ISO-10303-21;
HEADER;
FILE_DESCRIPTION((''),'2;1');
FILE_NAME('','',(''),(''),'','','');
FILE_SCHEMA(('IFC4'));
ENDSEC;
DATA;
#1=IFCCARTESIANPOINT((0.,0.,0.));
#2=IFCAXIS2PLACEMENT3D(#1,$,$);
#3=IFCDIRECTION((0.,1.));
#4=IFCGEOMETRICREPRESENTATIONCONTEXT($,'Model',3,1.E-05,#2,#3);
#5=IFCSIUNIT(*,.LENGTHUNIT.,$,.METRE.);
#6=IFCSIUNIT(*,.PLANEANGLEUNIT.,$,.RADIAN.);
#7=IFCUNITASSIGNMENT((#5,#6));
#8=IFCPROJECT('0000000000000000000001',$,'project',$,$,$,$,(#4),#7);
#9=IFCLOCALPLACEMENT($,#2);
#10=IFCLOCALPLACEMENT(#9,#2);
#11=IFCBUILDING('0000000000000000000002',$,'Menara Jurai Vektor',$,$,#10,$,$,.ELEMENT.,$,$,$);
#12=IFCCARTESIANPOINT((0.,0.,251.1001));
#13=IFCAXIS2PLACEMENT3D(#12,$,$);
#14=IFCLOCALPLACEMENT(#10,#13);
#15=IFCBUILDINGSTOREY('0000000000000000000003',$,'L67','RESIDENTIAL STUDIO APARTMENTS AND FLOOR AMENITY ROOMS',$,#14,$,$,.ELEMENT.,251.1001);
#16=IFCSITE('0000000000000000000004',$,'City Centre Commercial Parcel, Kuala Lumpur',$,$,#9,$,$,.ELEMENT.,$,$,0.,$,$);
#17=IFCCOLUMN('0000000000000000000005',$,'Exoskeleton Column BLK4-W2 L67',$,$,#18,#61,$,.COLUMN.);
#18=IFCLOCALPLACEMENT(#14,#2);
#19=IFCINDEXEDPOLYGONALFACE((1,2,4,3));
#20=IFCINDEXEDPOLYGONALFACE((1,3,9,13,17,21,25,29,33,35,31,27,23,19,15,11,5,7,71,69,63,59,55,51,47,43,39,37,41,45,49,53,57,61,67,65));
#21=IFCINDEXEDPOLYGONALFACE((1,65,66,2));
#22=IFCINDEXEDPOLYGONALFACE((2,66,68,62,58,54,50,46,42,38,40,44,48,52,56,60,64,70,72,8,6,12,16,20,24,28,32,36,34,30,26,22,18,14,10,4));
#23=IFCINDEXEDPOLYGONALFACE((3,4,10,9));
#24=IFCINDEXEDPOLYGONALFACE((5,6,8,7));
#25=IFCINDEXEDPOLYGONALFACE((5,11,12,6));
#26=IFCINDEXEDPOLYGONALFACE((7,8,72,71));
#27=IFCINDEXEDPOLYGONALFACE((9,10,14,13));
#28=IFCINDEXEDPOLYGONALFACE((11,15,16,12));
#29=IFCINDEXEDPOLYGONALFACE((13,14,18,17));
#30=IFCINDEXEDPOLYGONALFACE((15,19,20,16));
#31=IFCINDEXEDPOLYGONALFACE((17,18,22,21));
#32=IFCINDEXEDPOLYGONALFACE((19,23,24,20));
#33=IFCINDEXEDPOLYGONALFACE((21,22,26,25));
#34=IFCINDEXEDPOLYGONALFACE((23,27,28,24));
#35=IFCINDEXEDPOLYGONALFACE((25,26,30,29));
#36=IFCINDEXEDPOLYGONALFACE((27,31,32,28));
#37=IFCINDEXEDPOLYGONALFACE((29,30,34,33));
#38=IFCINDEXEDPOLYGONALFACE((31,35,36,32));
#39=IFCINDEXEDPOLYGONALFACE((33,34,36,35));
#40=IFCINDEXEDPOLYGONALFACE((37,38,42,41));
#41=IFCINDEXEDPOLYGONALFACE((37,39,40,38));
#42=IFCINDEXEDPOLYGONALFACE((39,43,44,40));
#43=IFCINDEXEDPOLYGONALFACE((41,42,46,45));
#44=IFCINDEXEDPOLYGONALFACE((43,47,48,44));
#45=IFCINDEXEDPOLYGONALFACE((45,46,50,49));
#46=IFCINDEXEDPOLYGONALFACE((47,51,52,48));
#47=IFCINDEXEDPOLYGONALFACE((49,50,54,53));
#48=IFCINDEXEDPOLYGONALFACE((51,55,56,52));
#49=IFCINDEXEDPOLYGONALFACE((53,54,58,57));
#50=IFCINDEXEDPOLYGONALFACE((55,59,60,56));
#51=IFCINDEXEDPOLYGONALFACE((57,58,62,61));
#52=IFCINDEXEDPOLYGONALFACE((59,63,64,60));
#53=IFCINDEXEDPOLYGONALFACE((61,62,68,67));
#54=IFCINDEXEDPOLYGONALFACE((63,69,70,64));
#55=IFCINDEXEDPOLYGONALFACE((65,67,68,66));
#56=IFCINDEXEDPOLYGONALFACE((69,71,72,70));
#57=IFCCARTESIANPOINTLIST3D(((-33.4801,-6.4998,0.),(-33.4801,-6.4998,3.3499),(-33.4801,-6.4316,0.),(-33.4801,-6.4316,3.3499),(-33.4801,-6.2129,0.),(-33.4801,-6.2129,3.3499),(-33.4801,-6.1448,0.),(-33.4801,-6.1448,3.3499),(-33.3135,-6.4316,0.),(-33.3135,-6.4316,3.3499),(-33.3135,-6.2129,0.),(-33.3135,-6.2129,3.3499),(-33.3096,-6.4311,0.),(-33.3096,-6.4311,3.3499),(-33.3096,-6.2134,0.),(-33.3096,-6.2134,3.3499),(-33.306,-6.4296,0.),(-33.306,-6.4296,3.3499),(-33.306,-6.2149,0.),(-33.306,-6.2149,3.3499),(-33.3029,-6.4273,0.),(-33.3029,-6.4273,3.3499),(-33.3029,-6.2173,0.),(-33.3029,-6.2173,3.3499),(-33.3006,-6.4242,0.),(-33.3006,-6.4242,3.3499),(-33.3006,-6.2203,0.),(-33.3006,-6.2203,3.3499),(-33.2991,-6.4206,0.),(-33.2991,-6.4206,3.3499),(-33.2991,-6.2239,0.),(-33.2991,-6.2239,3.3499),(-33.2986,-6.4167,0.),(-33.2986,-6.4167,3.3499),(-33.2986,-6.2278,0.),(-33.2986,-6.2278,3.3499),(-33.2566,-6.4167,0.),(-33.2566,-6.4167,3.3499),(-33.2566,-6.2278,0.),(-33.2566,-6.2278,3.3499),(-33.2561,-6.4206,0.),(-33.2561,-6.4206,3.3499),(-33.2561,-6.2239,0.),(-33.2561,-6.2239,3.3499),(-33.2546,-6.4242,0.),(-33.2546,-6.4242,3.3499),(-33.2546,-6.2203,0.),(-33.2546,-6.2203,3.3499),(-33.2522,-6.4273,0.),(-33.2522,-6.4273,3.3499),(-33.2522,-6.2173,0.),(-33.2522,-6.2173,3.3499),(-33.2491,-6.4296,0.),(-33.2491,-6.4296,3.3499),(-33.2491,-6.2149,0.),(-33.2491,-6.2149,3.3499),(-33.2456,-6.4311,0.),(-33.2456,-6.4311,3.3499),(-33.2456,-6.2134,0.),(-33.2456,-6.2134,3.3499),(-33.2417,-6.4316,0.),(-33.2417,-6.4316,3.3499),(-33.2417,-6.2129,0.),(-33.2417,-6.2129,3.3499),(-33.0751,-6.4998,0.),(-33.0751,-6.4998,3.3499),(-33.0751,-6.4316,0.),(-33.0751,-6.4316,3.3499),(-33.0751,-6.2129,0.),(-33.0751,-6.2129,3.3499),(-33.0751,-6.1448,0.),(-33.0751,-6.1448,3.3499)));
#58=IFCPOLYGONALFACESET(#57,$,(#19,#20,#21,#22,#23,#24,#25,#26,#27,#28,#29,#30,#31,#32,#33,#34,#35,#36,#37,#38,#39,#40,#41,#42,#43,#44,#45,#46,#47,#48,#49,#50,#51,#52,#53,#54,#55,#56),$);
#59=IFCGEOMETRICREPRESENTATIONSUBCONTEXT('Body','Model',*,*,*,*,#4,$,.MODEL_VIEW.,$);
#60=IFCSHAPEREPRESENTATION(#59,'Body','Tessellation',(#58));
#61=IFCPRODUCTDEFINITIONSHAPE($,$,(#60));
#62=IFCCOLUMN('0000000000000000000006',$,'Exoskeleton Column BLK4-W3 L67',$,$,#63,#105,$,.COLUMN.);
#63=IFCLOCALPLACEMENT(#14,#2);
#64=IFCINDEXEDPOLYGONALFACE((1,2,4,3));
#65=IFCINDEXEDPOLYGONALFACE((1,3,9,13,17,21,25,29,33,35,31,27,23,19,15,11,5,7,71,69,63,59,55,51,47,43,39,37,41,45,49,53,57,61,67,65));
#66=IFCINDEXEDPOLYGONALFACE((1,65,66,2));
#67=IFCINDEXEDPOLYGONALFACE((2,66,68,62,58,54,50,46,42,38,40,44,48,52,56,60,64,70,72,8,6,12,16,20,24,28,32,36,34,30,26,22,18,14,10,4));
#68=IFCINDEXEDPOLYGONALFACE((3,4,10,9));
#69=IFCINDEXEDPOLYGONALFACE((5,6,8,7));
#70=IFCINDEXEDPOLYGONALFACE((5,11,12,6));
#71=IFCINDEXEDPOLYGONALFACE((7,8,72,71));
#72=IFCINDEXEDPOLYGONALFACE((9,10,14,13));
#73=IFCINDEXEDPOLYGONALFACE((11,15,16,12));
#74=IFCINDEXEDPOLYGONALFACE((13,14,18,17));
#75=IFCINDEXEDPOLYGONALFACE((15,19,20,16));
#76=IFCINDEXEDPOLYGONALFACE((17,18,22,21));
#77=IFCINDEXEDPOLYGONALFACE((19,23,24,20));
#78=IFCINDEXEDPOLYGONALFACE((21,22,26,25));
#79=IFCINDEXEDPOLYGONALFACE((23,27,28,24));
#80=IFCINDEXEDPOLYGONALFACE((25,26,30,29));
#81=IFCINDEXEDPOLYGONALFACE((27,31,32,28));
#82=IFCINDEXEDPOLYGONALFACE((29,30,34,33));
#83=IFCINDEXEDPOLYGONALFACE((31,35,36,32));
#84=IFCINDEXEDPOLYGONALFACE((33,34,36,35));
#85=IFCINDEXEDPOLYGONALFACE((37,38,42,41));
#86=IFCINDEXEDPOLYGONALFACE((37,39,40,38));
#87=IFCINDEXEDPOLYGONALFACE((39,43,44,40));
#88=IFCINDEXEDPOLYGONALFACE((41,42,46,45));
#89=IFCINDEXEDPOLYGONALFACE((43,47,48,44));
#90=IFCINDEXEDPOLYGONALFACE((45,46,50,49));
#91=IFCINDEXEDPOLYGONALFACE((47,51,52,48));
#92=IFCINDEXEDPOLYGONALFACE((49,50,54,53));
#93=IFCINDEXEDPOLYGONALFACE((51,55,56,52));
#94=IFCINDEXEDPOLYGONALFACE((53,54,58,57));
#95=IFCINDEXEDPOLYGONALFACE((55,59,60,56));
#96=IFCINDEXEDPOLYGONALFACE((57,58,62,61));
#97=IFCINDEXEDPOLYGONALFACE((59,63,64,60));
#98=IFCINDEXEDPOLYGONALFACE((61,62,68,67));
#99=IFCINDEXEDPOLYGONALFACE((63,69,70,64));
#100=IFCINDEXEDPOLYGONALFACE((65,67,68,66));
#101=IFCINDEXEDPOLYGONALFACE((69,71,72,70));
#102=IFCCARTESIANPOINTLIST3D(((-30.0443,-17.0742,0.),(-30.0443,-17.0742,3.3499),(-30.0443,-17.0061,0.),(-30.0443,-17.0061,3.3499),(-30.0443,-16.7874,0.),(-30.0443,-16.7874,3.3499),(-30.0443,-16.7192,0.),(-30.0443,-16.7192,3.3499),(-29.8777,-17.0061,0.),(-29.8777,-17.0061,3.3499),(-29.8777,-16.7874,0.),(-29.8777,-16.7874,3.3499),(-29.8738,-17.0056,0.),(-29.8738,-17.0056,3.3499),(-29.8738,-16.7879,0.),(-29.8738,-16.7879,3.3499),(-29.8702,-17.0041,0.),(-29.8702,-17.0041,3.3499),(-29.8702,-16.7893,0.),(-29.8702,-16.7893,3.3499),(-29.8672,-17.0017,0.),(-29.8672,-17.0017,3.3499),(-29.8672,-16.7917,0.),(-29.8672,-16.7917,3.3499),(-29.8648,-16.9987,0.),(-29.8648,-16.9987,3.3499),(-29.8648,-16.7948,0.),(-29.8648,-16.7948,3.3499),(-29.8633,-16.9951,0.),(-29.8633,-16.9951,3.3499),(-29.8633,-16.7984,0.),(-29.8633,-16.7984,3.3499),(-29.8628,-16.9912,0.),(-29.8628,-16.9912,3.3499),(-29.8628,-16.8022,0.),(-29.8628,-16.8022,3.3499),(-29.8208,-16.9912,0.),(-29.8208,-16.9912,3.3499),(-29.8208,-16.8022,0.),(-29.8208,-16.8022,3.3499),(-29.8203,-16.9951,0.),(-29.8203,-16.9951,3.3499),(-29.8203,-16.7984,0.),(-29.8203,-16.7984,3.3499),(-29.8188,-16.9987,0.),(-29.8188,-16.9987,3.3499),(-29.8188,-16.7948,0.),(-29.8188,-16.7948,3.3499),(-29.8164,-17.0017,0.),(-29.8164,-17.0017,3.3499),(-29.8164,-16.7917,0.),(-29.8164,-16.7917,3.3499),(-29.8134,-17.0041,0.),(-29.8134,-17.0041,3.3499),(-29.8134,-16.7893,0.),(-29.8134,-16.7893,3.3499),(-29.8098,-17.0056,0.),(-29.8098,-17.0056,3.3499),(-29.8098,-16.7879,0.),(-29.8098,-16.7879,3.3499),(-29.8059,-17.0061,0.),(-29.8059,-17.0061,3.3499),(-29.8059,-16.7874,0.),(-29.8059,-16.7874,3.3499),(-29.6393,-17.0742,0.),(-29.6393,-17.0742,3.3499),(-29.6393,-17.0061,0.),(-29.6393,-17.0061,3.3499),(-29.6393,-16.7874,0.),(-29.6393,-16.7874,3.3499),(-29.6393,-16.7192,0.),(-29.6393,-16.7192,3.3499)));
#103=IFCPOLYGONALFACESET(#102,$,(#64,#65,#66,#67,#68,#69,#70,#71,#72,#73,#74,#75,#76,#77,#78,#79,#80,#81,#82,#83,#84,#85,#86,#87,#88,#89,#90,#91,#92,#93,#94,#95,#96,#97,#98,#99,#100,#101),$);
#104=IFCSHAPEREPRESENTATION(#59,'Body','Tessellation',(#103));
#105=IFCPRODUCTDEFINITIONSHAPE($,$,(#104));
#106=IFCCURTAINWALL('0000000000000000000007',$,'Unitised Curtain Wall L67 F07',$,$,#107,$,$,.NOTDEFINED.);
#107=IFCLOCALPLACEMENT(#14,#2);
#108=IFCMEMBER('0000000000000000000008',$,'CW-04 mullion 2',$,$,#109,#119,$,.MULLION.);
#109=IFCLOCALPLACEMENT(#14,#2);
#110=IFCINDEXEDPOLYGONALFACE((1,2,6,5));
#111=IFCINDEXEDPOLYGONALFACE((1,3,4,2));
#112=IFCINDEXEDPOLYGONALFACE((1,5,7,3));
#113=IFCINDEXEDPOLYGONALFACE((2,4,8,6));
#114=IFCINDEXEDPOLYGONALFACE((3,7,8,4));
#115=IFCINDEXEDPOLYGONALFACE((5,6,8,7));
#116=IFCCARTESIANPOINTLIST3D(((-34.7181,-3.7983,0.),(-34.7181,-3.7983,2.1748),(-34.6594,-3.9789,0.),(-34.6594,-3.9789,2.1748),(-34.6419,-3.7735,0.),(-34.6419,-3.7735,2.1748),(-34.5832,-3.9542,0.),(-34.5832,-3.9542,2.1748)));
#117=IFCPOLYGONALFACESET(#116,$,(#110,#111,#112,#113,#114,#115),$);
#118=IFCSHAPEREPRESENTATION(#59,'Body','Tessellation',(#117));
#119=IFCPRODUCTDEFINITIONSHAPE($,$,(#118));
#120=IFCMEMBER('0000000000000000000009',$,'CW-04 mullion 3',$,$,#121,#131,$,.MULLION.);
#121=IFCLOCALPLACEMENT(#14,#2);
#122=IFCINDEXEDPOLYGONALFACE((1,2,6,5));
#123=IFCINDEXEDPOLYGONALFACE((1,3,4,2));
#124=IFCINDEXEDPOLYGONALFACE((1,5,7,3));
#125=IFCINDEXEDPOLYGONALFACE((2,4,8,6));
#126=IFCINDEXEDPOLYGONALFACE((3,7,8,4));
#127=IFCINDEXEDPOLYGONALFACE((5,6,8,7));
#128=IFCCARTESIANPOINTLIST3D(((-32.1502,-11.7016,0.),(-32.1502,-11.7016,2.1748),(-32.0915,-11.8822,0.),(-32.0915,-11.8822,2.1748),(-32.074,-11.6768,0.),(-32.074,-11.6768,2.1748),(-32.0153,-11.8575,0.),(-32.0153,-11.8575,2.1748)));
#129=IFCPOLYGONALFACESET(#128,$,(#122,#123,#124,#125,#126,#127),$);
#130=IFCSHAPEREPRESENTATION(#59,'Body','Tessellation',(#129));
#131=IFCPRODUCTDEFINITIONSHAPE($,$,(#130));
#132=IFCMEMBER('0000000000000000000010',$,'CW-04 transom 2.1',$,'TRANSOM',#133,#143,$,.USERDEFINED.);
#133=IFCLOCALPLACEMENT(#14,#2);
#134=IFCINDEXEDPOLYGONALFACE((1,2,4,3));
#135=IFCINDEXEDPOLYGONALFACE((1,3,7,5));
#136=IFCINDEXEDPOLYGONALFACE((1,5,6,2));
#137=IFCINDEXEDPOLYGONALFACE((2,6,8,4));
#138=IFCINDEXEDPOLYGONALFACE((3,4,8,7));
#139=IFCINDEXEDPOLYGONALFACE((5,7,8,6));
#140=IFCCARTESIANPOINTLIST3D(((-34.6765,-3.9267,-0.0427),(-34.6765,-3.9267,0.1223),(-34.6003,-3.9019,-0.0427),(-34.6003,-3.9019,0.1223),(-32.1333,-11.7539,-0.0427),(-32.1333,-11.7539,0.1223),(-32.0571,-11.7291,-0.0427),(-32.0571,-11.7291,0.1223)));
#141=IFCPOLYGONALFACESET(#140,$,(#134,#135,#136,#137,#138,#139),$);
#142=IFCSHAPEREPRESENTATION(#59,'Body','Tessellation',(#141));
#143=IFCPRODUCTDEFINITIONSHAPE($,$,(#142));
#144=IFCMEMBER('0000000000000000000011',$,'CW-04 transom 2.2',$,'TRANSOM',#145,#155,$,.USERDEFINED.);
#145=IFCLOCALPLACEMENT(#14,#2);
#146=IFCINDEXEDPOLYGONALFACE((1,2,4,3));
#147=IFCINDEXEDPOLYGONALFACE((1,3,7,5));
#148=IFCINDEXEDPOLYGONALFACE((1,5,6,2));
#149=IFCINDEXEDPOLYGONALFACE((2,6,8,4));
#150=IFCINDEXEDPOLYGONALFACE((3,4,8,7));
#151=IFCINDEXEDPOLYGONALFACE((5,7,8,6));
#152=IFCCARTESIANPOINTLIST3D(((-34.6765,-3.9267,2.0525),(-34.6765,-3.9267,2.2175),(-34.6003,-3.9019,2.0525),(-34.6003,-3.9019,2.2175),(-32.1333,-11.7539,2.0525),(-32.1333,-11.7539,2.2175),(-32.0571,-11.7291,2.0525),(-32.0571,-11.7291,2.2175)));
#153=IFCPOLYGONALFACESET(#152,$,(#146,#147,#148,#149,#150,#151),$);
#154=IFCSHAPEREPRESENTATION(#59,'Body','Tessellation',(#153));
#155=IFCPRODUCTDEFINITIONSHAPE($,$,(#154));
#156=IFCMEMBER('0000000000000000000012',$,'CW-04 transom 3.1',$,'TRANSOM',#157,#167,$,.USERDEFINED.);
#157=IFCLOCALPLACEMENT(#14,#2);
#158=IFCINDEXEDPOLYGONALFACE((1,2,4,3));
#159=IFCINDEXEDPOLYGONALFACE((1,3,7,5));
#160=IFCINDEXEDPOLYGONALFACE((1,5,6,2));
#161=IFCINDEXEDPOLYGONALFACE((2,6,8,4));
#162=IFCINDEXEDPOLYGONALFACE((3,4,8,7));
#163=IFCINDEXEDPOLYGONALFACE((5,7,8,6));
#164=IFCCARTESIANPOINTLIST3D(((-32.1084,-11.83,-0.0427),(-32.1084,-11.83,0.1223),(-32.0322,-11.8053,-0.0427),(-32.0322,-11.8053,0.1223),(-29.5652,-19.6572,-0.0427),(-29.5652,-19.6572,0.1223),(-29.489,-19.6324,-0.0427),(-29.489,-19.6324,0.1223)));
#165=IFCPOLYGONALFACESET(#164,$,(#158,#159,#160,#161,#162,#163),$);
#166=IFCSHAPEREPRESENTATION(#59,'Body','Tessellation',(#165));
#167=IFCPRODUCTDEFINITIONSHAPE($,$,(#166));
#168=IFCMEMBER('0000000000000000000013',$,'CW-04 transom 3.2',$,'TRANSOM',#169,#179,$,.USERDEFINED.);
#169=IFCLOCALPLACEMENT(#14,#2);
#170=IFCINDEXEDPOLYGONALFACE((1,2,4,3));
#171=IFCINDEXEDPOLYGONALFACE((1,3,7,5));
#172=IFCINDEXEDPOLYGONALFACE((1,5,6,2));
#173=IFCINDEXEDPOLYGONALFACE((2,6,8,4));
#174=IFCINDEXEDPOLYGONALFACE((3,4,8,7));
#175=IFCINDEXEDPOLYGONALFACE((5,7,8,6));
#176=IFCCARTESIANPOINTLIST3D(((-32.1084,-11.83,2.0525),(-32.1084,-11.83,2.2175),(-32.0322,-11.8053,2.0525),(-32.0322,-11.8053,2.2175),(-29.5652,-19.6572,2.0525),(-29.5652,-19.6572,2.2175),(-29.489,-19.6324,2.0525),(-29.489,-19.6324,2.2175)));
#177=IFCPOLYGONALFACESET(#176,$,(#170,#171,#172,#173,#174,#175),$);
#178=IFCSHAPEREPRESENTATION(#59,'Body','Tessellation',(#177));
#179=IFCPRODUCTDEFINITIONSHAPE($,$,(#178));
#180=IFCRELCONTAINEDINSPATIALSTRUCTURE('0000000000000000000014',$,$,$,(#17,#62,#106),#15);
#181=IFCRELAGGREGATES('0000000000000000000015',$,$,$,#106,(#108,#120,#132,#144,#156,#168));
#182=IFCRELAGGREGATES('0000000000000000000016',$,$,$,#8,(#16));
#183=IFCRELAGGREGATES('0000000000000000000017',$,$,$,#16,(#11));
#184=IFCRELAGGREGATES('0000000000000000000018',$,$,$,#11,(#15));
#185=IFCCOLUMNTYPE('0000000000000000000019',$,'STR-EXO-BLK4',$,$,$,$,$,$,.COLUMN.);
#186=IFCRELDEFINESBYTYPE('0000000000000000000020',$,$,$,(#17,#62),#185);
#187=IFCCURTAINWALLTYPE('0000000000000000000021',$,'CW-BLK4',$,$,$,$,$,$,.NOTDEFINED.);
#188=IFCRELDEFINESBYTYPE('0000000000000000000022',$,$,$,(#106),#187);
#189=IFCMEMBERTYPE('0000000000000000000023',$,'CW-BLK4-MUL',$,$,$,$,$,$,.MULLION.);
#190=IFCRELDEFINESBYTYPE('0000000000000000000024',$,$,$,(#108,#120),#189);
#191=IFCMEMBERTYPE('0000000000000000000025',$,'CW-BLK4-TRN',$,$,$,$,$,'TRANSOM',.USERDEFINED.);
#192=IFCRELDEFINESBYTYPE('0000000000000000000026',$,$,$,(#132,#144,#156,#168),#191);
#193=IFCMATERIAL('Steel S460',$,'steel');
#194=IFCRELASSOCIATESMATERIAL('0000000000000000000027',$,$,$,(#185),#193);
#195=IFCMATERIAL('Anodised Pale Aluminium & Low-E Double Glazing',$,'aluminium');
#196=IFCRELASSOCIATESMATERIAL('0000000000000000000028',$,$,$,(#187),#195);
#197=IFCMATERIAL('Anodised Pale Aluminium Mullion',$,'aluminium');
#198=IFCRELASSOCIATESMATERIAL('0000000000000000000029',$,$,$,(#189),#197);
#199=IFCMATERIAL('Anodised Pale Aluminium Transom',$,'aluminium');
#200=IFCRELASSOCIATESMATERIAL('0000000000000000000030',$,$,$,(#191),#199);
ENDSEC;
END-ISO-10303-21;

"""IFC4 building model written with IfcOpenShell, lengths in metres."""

from ifc_helpers import new_model, si_unit, direction, frame, origin, origin_2d, place, context, subcontext, project, spatial, rectangle, i_section, extrude, material, material_profile, profile_set, type_object, element, aggregate, save


model = new_model("IFC4")

# Units and contexts
model_context = context("Model", 3, precision=1e-05, world=origin(), true_north=direction((0.0, 1.0)))
body_context = subcontext(model_context, "Body", "Model", "MODEL_VIEW")
ifc_project = project(units=[si_unit("LENGTHUNIT", "METRE"), si_unit("PLANEANGLEUNIT", "RADIAN")], contexts=[model_context])

# Site, building, storey
site_placement = place(None, origin())
site = spatial("IfcSite", under=ifc_project, at=site_placement, Name="City Centre Commercial Parcel, Kuala Lumpur", CompositionType="ELEMENT", RefElevation=0.0)
building_placement = place(site_placement, origin())
building = spatial("IfcBuilding", under=site, at=building_placement, Name="Menara Jurai Vektor", CompositionType="ELEMENT")
storey_placement = place(building_placement, frame((0.0, 0.0, 251.1001)))
storey = spatial("IfcBuildingStorey", under=building, at=storey_placement, Name="L67", Description="RESIDENTIAL STUDIO APARTMENTS AND FLOOR AMENITY ROOMS", CompositionType="ELEMENT", Elevation=251.1001)

# Columns
ifc_material_1 = material(Name="Steel S460", Category="steel")
ifc_material_profile_1 = material_profile(ifc_material_1, i_section(OverallWidth=0.405, OverallDepth=0.355, WebThickness=0.042, FlangeThickness=0.0681, FilletRadius=0.0149, at=origin_2d()), Name="HD 400x551")
ifc_profile_set_1 = profile_set([ifc_material_profile_1], Name="Steel S460")
column_type = type_object("IfcColumnType", Name="STR-EXO-BLK4", PredefinedType="COLUMN", material=ifc_profile_set_1)
for number, where, z_axis, x_axis, name in (
    (1, (-33.2776, -6.3223, 0.0), (0.0, 0.0, 1.0), (1.0, 0.0, 0.0), "Exoskeleton Column BLK4-W2 L67"),
    (2, (-29.8418, -16.8967, 0.0), (0.0, 0.0, 1.0), (1.0, 0.0, 0.0), "Exoskeleton Column BLK4-W3 L67"),
):
    element("IfcColumn", number, at=place(storey_placement, frame(where, z_axis=z_axis, x_axis=x_axis)), inside=storey, type_object=column_type, Name=name, PredefinedType="COLUMN", context=body_context, shape_type="SweptSolid", body=[
        extrude(i_section(OverallWidth=0.405, OverallDepth=0.355, WebThickness=0.042, FlangeThickness=0.0681, FilletRadius=0.0149, at=origin_2d()), origin(), (0.0, 0.0, 1.0), 3.3499),
    ])

# Curtain wall, members
ifc_material_2 = material(Name="Anodised Pale Aluminium & Low-E Double Glazing", Category="aluminium")
curtain_wall_type = type_object("IfcCurtainWallType", Name="CW-BLK4", PredefinedType="NOTDEFINED", material=ifc_material_2)
curtain_wall_placement = place(storey_placement, origin())
curtain_wall = element("IfcCurtainWall", 3, at=curtain_wall_placement, inside=storey, type_object=curtain_wall_type, Name="Unitised Curtain Wall L67 F07", PredefinedType="NOTDEFINED")
ifc_material_3 = material(Name="Anodised Pale Aluminium Mullion", Category="aluminium")
ifc_material_profile_2 = material_profile(ifc_material_3, rectangle(XDim=0.0801, YDim=0.1899, at=origin_2d()), Name="ALU MUL 80x190")
ifc_profile_set_2 = profile_set([ifc_material_profile_2], Name="Anodised Pale Aluminium Mullion")
member_type_1 = type_object("IfcMemberType", Name="CW-BLK4-MUL", PredefinedType="MULLION", material=ifc_profile_set_2)
member_1_placement = place(storey_placement, frame((-34.6506, -3.8762, 0.0), z_axis=(0.0, 0.0, 1.0), x_axis=(0.951057, 0.309016, 0.0)))
member_1 = element("IfcMember", 4, at=member_1_placement, type_object=member_type_1, Name="CW-04 mullion 2", PredefinedType="MULLION", context=body_context, shape_type="SweptSolid", body=[
    extrude(rectangle(XDim=0.0801, YDim=0.1899, at=origin_2d()), origin(), (0.0, 0.0, 1.0), 2.1748),
])
member_2_placement = place(storey_placement, frame((-32.0828, -11.7795, 0.0), z_axis=(0.0, 0.0, 1.0), x_axis=(0.951057, 0.309016, 0.0)))
member_2 = element("IfcMember", 5, at=member_2_placement, type_object=member_type_1, Name="CW-04 mullion 3", PredefinedType="MULLION", context=body_context, shape_type="SweptSolid", body=[
    extrude(rectangle(XDim=0.0801, YDim=0.1899, at=origin_2d()), origin(), (0.0, 0.0, 1.0), 2.1748),
])
ifc_material_4 = material(Name="Anodised Pale Aluminium Transom", Category="aluminium")
ifc_material_profile_3 = material_profile(ifc_material_4, rectangle(XDim=0.0801, YDim=0.165, at=origin_2d()), Name="ALU TRN 80x165")
ifc_profile_set_3 = profile_set([ifc_material_profile_3], Name="Anodised Pale Aluminium Transom")
member_type_2 = type_object("IfcMemberType", Name="CW-BLK4-TRN", ElementType="TRANSOM", PredefinedType="USERDEFINED", material=ifc_profile_set_3)
member_3_placement = place(storey_placement, frame((-34.6384, -3.9143, 0.0398), z_axis=(0.309019, -0.951056, 0.0), x_axis=(0.951056, 0.309019, 0.0)))
member_3 = element("IfcMember", 6, at=member_3_placement, type_object=member_type_2, Name="CW-04 transom 2.1", ObjectType="TRANSOM", PredefinedType="USERDEFINED", context=body_context, shape_type="SweptSolid", body=[
    extrude(rectangle(XDim=0.0801, YDim=0.165, at=origin_2d()), origin(), (0.0, 0.0, 1.0), 8.23),
])
member_4_placement = place(storey_placement, frame((-34.6384, -3.9143, 2.135), z_axis=(0.309019, -0.951056, 0.0), x_axis=(0.951056, 0.309019, 0.0)))
member_4 = element("IfcMember", 7, at=member_4_placement, type_object=member_type_2, Name="CW-04 transom 2.2", ObjectType="TRANSOM", PredefinedType="USERDEFINED", context=body_context, shape_type="SweptSolid", body=[
    extrude(rectangle(XDim=0.0801, YDim=0.165, at=origin_2d()), origin(), (0.0, 0.0, 1.0), 8.23),
])
member_5_placement = place(storey_placement, frame((-32.0703, -11.8176, 0.0398), z_axis=(0.309019, -0.951056, 0.0), x_axis=(0.951056, 0.309019, 0.0)))
member_5 = element("IfcMember", 8, at=member_5_placement, type_object=member_type_2, Name="CW-04 transom 3.1", ObjectType="TRANSOM", PredefinedType="USERDEFINED", context=body_context, shape_type="SweptSolid", body=[
    extrude(rectangle(XDim=0.0801, YDim=0.165, at=origin_2d()), origin(), (0.0, 0.0, 1.0), 8.23),
])
member_6_placement = place(storey_placement, frame((-32.0703, -11.8176, 2.135), z_axis=(0.309019, -0.951056, 0.0), x_axis=(0.951056, 0.309019, 0.0)))
member_6 = element("IfcMember", 9, at=member_6_placement, type_object=member_type_2, Name="CW-04 transom 3.2", ObjectType="TRANSOM", PredefinedType="USERDEFINED", context=body_context, shape_type="SweptSolid", body=[
    extrude(rectangle(XDim=0.0801, YDim=0.165, at=origin_2d()), origin(), (0.0, 0.0, 1.0), 8.23),
])

aggregate(curtain_wall, [member_1, member_2, member_3, member_4, member_5, member_6])

save(model, "model.ifc")
